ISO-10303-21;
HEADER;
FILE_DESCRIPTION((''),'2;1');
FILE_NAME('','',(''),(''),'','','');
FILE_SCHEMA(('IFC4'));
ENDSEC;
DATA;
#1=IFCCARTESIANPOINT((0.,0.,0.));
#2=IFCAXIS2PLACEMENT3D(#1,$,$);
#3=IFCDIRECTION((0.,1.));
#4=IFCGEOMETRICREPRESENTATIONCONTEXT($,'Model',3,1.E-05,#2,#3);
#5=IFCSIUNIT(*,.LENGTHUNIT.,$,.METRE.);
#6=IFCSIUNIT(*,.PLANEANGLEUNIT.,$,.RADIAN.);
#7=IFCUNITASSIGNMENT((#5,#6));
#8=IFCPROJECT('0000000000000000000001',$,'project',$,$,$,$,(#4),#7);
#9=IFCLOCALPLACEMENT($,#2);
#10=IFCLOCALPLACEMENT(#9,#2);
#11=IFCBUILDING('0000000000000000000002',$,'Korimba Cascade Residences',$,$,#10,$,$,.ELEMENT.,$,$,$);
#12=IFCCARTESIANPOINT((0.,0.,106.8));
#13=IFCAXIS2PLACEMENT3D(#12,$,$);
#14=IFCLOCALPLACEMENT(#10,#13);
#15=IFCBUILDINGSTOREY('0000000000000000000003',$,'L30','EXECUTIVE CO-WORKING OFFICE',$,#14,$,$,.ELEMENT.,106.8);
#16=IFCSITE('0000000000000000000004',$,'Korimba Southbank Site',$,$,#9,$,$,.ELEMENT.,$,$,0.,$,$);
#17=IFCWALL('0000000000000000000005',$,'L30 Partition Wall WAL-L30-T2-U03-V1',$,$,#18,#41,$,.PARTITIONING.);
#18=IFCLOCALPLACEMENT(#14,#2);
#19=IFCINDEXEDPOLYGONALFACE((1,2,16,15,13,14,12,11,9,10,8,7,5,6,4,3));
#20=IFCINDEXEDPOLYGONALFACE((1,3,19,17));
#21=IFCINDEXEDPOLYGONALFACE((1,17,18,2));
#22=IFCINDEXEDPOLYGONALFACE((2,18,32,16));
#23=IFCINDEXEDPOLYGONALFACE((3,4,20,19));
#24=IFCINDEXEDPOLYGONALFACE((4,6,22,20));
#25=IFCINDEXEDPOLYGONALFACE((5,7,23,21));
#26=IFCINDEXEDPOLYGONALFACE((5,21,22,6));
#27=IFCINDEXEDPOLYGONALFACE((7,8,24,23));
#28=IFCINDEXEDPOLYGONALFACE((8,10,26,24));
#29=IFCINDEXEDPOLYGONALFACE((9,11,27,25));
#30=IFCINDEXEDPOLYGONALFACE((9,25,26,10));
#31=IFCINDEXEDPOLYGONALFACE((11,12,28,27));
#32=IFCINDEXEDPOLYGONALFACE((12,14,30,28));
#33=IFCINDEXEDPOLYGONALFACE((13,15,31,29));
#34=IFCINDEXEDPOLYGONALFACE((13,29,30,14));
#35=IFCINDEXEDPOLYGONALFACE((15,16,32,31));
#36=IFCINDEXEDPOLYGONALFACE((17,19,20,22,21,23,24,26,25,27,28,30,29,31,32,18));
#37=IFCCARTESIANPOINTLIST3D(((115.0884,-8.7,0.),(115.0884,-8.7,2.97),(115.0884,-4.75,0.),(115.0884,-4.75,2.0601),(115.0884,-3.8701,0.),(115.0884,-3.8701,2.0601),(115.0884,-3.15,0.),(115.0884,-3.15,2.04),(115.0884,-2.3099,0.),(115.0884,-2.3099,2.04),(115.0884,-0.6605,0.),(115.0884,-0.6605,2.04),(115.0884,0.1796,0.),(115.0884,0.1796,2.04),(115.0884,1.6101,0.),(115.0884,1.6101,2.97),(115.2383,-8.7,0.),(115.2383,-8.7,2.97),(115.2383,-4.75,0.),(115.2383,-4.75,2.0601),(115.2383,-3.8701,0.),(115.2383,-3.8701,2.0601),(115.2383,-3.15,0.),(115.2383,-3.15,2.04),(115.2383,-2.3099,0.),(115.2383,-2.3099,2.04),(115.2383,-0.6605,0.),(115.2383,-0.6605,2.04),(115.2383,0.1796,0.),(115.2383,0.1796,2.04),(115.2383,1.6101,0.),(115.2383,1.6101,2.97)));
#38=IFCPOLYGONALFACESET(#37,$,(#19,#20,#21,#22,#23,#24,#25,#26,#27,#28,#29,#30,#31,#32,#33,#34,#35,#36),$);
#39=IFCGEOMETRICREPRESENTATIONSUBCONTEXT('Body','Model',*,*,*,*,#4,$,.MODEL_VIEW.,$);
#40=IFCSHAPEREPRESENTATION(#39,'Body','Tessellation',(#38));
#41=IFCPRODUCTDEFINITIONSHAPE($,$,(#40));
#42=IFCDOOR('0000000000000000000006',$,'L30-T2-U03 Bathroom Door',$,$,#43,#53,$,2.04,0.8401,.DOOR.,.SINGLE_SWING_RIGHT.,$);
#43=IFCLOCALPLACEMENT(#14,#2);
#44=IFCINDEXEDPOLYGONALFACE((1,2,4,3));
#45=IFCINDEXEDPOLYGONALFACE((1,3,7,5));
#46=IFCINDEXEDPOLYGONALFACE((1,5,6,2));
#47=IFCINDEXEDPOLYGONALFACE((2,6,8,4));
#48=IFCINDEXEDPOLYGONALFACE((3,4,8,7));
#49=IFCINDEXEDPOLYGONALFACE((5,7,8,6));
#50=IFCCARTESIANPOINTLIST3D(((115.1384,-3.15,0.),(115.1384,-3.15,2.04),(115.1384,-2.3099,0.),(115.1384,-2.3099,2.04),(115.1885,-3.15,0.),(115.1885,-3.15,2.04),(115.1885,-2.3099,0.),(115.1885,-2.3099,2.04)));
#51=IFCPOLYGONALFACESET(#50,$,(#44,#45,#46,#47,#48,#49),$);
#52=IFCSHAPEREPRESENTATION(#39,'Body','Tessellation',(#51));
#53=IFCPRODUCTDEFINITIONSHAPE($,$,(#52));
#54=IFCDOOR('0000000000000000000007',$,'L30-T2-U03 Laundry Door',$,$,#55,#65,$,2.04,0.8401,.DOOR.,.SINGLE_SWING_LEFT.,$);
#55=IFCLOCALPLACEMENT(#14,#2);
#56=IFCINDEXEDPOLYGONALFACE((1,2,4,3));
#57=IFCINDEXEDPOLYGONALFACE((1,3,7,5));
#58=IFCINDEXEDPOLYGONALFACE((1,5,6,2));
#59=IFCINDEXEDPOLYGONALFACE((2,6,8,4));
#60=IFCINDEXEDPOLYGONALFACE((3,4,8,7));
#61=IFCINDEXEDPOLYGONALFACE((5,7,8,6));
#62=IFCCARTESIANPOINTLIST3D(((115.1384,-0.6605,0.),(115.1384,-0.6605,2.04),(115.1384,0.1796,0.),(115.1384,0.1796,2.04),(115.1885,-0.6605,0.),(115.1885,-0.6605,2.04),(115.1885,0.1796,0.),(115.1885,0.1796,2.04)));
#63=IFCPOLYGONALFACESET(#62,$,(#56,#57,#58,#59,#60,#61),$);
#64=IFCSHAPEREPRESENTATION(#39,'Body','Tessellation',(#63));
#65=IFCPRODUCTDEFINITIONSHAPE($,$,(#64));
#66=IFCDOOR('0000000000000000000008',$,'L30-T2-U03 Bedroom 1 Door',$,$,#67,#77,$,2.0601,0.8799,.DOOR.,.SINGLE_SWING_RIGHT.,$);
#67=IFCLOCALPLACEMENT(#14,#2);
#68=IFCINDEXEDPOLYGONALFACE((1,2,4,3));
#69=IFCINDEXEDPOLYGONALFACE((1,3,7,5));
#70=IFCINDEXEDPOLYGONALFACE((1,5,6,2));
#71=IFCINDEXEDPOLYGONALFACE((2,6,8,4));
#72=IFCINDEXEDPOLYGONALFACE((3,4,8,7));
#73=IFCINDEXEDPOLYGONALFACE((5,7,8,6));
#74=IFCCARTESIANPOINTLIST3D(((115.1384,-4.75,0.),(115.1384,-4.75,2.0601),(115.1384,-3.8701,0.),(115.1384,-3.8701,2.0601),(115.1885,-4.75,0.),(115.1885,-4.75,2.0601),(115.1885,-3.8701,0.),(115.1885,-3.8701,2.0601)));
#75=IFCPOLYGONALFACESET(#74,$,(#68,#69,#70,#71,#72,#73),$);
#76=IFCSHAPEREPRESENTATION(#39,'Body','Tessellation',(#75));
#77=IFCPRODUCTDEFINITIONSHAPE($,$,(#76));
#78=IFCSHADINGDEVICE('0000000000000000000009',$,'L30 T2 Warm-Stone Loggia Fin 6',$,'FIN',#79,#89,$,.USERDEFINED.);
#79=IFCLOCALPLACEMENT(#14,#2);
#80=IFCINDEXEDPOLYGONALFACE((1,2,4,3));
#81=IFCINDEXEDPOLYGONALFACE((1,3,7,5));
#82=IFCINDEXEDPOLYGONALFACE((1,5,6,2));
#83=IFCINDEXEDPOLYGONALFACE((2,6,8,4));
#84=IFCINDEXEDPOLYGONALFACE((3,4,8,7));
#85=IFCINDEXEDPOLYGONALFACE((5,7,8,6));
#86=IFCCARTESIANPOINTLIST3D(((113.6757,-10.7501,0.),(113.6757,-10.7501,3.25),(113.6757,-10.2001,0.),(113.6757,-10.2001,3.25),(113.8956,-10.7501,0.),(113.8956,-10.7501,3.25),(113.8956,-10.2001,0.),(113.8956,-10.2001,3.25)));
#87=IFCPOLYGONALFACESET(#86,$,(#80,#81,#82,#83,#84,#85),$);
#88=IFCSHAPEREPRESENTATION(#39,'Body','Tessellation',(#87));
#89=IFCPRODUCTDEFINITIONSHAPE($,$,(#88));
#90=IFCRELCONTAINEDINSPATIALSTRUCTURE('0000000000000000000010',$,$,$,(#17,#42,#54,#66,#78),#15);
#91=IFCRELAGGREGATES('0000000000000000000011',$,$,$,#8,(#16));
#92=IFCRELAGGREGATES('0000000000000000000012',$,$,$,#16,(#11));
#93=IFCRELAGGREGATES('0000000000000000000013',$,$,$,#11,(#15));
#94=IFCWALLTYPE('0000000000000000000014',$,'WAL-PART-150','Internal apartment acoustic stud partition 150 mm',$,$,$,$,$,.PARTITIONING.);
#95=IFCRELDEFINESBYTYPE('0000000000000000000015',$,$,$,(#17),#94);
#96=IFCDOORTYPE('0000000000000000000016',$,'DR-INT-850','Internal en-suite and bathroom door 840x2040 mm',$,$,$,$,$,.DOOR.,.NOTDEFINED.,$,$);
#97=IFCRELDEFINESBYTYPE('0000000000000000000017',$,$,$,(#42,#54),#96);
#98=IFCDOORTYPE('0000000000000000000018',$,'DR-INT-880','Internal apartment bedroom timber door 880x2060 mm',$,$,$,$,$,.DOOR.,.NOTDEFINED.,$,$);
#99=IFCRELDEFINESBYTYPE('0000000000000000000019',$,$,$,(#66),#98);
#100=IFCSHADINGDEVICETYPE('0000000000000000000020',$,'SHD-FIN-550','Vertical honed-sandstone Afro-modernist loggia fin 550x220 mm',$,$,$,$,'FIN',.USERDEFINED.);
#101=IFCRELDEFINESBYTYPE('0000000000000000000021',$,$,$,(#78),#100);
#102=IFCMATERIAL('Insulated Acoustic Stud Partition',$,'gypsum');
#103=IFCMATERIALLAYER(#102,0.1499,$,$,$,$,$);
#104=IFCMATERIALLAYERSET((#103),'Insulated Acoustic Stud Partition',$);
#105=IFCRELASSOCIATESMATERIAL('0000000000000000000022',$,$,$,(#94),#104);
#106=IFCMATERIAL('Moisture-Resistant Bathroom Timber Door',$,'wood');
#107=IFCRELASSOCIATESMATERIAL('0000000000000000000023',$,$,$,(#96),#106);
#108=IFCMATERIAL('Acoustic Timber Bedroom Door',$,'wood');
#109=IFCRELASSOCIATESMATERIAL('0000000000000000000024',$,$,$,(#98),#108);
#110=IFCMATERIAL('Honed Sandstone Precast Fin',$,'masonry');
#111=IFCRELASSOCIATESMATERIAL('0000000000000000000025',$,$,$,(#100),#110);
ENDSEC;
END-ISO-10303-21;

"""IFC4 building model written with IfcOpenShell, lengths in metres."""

from ifc_helpers import new_model, si_unit, direction, frame, frame_2d, origin, origin_2d, place, context, subcontext, project, spatial, rectangle, extrude, material, layer, layer_set, type_object, element, fill, save


model = new_model("IFC4")

# Units and contexts
model_context = context("Model", 3, precision=1e-05, world=origin(), true_north=direction((0.0, 1.0)))
body_context = subcontext(model_context, "Body", "Model", "MODEL_VIEW")
ifc_project = project(units=[si_unit("LENGTHUNIT", "METRE"), si_unit("PLANEANGLEUNIT", "RADIAN")], contexts=[model_context])

# Site, building, storey
site_placement = place(None, origin())
site = spatial("IfcSite", under=ifc_project, at=site_placement, Name="Korimba Southbank Site", CompositionType="ELEMENT", RefElevation=0.0)
building_placement = place(site_placement, origin())
building = spatial("IfcBuilding", under=site, at=building_placement, Name="Korimba Cascade Residences", CompositionType="ELEMENT")
storey_placement = place(building_placement, frame((0.0, 0.0, 106.8)))
storey = spatial("IfcBuildingStorey", under=building, at=storey_placement, Name="L30", Description="EXECUTIVE CO-WORKING OFFICE", CompositionType="ELEMENT", Elevation=106.8)

# Shared definitions
ifc_material_1 = material(Name="Insulated Acoustic Stud Partition", Category="gypsum")
ifc_layer = layer(ifc_material_1, 0.1499)
ifc_layer_set = layer_set([ifc_layer], Name="Insulated Acoustic Stud Partition")
wall_type = type_object("IfcWallType", Name="WAL-PART-150", Description="Internal apartment acoustic stud partition 150 mm", PredefinedType="PARTITIONING", material=ifc_layer_set)
ifc_material_2 = material(Name="Moisture-Resistant Bathroom Timber Door", Category="wood")
door_type_1 = type_object("IfcDoorType", Name="DR-INT-850", Description="Internal en-suite and bathroom door 840x2040 mm", OperationType="NOTDEFINED", PredefinedType="DOOR", material=ifc_material_2)
ifc_material_3 = material(Name="Acoustic Timber Bedroom Door", Category="wood")
door_type_2 = type_object("IfcDoorType", Name="DR-INT-880", Description="Internal apartment bedroom timber door 880x2060 mm", OperationType="NOTDEFINED", PredefinedType="DOOR", material=ifc_material_3)

# Wall, openings, doors
wall_1_placement = place(storey_placement, frame((115.1633, -8.7, 0.0), z_axis=(0.0, 0.0, 1.0), x_axis=(0.0, 1.0, 0.0)))
wall_1 = element("IfcWall", 1, at=wall_1_placement, inside=storey, type_object=wall_type, Name="L30 Partition Wall WAL-L30-T2-U03-V1", PredefinedType="PARTITIONING", context=body_context, shape_type="SweptSolid", body=[
    extrude(rectangle(XDim=10.3101, YDim=0.1499, at=frame_2d((5.155, 0.0))), origin(), (0.0, 0.0, 1.0), 2.97),
])
opening_1_placement = place(wall_1_placement, frame((5.55, 0.0, 0.0)))
opening_1 = element("IfcOpeningElement", 2, at=opening_1_placement, cuts=wall_1, PredefinedType="OPENING", context=body_context, shape_type="SweptSolid", body=[
    extrude(rectangle(XDim=0.8401, YDim=2.04, at=frame_2d((0.4199, 1.02))), frame((0.0, 0.085, 0.0), z_axis=(0.0, -1.0, 0.0), x_axis=(1.0, 0.0, 0.0)), (0.0, 0.0, 1.0), 0.1699),
])
opening_2_placement = place(wall_1_placement, frame((8.0396, 0.0, 0.0)))
opening_2 = element("IfcOpeningElement", 3, at=opening_2_placement, cuts=wall_1, PredefinedType="OPENING", context=body_context, shape_type="SweptSolid", body=[
    extrude(rectangle(XDim=0.8401, YDim=2.04, at=frame_2d((0.4199, 1.02))), frame((0.0, 0.085, 0.0), z_axis=(0.0, -1.0, 0.0), x_axis=(1.0, 0.0, 0.0)), (0.0, 0.0, 1.0), 0.1699),
])
opening_3_placement = place(wall_1_placement, frame((3.95, 0.0, 0.0)))
opening_3 = element("IfcOpeningElement", 4, at=opening_3_placement, cuts=wall_1, PredefinedType="OPENING", context=body_context, shape_type="SweptSolid", body=[
    extrude(rectangle(XDim=0.8799, YDim=2.0601, at=frame_2d((0.4399, 1.03))), frame((0.0, 0.085, 0.0), z_axis=(0.0, -1.0, 0.0), x_axis=(1.0, 0.0, 0.0)), (0.0, 0.0, 1.0), 0.1699),
])
door_1_placement = place(opening_1_placement, origin())
door_1 = element("IfcDoor", 5, at=door_1_placement, inside=storey, type_object=door_type_1, Name="L30-T2-U03 Bathroom Door", OperationType="SINGLE_SWING_RIGHT", OverallHeight=2.04, OverallWidth=0.8401, PredefinedType="DOOR", context=body_context, shape_type="SweptSolid", body=[
    extrude(rectangle(XDim=0.8401, YDim=2.04, at=frame_2d((0.4199, 1.02))), frame((0.0, 0.0249, 0.0), z_axis=(0.0, -1.0, 0.0), x_axis=(1.0, 0.0, 0.0)), (0.0, 0.0, 1.0), 0.05),
])
fill(opening_1, door_1)
door_2_placement = place(opening_2_placement, origin())
door_2 = element("IfcDoor", 6, at=door_2_placement, inside=storey, type_object=door_type_1, Name="L30-T2-U03 Laundry Door", OperationType="SINGLE_SWING_LEFT", OverallHeight=2.04, OverallWidth=0.8401, PredefinedType="DOOR", context=body_context, shape_type="SweptSolid", body=[
    extrude(rectangle(XDim=0.8401, YDim=2.04, at=frame_2d((0.4199, 1.02))), frame((0.0, 0.0249, 0.0), z_axis=(0.0, -1.0, 0.0), x_axis=(1.0, 0.0, 0.0)), (0.0, 0.0, 1.0), 0.05),
])
fill(opening_2, door_2)
door_3_placement = place(opening_3_placement, origin())
door_3 = element("IfcDoor", 7, at=door_3_placement, inside=storey, type_object=door_type_2, Name="L30-T2-U03 Bedroom 1 Door", OperationType="SINGLE_SWING_RIGHT", OverallHeight=2.0601, OverallWidth=0.8799, PredefinedType="DOOR", context=body_context, shape_type="SweptSolid", body=[
    extrude(rectangle(XDim=0.8799, YDim=2.0601, at=frame_2d((0.4399, 1.03))), frame((0.0, 0.0249, 0.0), z_axis=(0.0, -1.0, 0.0), x_axis=(1.0, 0.0, 0.0)), (0.0, 0.0, 1.0), 0.05),
])
fill(opening_3, door_3)

# Shading device
ifc_material_4 = material(Name="Honed Sandstone Precast Fin", Category="masonry")
shading_device_type = type_object("IfcShadingDeviceType", Name="SHD-FIN-550", Description="Vertical honed-sandstone Afro-modernist loggia fin 550x220 mm", ElementType="FIN", PredefinedType="USERDEFINED", material=ifc_material_4)
shading_device_placement = place(storey_placement, frame((113.7856, -10.4751, 0.0), z_axis=(0.0, 0.0, 1.0), x_axis=(1.0, 0.0, 0.0)))
element("IfcShadingDevice", 8, at=shading_device_placement, inside=storey, type_object=shading_device_type, Name="L30 T2 Warm-Stone Loggia Fin 6", ObjectType="FIN", PredefinedType="USERDEFINED", context=body_context, shape_type="SweptSolid", body=[
    extrude(rectangle(XDim=0.22, YDim=0.55, at=origin_2d()), origin(), (0.0, 0.0, 1.0), 3.25),
])

save(model, "model.ifc")
